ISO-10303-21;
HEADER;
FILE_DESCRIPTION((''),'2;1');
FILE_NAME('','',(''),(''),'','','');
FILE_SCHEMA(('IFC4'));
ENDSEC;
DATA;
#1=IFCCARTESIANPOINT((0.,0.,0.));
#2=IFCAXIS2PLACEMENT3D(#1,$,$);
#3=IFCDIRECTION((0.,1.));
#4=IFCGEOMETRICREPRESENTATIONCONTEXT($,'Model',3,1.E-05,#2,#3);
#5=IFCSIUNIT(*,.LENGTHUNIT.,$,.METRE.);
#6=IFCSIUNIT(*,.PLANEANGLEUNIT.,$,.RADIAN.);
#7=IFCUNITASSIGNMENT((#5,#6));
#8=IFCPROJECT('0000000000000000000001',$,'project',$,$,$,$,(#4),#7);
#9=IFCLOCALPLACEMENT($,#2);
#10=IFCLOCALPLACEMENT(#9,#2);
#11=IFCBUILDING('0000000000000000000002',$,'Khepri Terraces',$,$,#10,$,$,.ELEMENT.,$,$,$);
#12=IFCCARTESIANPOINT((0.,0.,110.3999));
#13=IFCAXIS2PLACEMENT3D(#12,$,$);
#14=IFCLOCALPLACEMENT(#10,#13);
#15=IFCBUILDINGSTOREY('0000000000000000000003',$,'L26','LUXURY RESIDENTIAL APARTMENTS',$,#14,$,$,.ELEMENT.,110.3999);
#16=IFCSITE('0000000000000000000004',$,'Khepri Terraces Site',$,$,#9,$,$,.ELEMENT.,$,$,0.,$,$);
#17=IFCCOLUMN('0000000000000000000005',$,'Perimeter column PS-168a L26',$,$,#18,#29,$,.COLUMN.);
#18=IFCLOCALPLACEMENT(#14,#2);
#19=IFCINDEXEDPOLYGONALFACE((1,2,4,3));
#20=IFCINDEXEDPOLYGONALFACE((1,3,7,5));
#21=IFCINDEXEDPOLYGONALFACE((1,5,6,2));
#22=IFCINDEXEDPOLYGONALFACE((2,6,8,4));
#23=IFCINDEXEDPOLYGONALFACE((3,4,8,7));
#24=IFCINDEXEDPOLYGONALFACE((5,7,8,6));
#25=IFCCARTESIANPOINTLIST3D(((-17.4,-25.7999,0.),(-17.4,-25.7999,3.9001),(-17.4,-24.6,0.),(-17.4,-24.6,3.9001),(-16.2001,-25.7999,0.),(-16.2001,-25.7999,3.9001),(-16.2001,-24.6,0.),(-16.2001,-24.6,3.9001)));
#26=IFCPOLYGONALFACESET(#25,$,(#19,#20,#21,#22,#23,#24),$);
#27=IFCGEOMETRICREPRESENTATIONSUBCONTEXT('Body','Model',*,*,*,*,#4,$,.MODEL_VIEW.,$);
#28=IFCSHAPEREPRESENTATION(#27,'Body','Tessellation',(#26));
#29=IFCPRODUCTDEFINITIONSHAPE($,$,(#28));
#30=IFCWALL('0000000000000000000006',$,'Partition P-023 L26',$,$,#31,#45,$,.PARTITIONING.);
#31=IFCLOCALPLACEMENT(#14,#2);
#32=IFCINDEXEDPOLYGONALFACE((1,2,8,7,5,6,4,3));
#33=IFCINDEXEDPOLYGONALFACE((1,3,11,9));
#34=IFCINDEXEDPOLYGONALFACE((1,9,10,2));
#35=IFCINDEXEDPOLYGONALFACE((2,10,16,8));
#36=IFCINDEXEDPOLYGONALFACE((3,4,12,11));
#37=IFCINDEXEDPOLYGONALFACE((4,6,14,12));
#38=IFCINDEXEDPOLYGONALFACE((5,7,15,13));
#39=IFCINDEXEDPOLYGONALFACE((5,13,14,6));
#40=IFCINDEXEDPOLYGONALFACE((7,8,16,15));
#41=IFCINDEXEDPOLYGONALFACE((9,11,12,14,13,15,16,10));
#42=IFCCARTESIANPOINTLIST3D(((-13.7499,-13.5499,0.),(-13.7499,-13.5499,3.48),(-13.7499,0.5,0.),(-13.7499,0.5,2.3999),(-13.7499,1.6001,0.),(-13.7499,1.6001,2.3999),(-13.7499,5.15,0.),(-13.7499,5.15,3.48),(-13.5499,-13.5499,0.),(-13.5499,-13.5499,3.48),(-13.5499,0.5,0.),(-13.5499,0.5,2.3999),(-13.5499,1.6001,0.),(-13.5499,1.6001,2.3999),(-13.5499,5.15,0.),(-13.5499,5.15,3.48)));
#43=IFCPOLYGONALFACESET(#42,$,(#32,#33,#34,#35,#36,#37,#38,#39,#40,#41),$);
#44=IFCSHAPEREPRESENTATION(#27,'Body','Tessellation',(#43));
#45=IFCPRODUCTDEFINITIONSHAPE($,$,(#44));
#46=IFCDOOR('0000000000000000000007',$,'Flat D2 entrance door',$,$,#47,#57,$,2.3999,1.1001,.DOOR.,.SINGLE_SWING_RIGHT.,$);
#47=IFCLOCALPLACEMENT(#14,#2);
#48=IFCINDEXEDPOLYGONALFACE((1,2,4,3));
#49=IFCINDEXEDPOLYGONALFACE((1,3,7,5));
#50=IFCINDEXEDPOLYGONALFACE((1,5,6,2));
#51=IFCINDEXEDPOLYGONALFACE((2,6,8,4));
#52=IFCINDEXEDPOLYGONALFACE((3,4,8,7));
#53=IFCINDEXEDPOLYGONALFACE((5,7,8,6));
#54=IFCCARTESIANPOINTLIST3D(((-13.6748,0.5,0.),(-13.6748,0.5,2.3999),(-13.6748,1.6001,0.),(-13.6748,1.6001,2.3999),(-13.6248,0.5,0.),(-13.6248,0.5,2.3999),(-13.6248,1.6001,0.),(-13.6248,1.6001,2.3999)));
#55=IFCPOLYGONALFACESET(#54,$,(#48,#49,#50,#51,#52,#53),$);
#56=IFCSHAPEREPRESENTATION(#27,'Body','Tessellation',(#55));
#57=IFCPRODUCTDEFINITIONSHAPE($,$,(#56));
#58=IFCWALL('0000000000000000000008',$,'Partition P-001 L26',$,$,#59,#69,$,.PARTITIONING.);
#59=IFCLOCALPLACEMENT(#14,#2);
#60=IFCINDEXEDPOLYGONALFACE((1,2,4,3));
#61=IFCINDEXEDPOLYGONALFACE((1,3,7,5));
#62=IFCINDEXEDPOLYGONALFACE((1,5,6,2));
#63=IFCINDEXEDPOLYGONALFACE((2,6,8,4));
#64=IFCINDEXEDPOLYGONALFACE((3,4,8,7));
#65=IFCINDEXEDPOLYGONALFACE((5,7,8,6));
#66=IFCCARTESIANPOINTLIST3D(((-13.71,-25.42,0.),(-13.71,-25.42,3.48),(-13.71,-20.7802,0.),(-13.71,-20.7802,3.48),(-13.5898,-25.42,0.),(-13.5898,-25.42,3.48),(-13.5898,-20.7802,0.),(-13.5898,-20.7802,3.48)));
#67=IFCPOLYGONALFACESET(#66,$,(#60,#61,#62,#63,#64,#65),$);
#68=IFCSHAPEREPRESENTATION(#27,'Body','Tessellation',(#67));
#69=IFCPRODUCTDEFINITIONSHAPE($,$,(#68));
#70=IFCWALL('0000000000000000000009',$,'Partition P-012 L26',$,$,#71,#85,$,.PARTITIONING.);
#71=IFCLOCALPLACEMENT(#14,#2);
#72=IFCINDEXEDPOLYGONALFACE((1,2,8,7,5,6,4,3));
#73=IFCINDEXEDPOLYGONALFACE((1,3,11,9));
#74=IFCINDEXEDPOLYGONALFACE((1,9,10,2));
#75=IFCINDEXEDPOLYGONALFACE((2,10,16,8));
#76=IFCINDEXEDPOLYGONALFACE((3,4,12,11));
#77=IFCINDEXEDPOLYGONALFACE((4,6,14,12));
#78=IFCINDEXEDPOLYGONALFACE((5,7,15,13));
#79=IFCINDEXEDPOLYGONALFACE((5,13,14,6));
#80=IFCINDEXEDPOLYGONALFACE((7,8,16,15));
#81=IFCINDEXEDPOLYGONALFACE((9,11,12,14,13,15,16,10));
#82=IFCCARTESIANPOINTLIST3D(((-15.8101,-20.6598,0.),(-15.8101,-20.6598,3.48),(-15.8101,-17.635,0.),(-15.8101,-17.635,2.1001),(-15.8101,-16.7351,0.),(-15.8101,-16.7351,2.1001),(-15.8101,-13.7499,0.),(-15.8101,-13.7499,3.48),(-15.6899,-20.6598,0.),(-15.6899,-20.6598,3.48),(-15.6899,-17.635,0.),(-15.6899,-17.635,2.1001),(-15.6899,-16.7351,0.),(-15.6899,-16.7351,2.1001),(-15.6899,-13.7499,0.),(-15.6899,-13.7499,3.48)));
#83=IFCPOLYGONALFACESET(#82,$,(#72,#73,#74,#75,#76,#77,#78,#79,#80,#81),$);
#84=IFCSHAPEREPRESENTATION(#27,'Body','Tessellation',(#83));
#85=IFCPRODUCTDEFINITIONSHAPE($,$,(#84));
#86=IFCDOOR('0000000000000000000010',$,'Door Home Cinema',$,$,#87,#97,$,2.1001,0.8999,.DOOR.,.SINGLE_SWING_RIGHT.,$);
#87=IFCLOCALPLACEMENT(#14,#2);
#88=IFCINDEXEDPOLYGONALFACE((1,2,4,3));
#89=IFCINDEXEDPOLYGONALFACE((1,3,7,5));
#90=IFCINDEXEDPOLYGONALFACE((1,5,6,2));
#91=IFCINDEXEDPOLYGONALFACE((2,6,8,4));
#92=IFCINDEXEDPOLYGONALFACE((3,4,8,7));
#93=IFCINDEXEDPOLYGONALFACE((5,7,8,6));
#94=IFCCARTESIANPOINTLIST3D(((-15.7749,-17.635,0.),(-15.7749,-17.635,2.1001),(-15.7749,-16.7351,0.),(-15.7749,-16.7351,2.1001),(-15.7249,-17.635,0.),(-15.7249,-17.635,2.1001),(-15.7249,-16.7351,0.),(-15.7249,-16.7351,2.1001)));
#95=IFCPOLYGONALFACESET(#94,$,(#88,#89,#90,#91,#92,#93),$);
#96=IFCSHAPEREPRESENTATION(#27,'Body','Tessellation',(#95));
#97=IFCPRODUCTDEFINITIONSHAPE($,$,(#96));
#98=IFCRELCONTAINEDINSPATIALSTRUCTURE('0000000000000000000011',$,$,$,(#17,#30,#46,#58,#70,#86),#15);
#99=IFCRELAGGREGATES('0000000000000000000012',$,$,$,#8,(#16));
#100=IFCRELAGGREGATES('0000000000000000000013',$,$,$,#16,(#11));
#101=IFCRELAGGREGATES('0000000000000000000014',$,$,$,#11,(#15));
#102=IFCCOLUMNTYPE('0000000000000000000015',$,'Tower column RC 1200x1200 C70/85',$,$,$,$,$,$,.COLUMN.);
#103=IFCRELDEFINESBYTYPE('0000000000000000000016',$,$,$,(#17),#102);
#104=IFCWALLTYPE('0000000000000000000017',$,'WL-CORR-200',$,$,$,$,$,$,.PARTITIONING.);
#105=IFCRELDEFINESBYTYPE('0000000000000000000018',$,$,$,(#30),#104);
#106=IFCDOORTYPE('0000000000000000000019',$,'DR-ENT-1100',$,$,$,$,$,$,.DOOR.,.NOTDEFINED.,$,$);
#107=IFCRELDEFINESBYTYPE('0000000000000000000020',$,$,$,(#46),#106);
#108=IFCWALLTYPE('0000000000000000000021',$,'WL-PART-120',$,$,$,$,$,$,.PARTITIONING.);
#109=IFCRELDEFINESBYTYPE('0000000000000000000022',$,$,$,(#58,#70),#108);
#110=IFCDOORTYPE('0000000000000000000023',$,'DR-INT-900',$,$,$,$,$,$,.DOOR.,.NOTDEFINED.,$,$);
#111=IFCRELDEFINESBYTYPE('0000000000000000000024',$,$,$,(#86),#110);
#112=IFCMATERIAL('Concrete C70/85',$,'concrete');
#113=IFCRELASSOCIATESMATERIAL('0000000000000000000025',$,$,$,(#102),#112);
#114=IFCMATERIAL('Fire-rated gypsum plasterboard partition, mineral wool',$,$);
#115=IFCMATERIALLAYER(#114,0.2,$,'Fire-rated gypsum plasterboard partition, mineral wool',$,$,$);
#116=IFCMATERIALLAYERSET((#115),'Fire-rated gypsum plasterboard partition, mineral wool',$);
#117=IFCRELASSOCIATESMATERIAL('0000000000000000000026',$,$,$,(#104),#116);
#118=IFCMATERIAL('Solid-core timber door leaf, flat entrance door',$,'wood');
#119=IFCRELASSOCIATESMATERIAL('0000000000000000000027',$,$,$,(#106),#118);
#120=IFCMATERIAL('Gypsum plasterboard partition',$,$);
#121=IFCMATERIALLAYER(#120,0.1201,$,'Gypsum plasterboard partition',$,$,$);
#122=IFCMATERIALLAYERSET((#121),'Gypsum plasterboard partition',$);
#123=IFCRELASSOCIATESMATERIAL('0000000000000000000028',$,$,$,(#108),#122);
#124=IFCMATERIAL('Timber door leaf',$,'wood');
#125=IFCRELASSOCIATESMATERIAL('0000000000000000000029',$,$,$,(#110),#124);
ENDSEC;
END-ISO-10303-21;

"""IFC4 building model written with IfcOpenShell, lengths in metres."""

from ifc_helpers import new_model, si_unit, direction, frame, frame_2d, origin, origin_2d, place, context, subcontext, project, spatial, rectangle, extrude, material, layer, layer_set, material_profile, profile_set, type_object, element, fill, save


model = new_model("IFC4")

# Units and contexts
model_context = context("Model", 3, precision=1e-05, world=origin(), true_north=direction((0.0, 1.0)))
body_context = subcontext(model_context, "Body", "Model", "MODEL_VIEW")
ifc_project = project(units=[si_unit("LENGTHUNIT", "METRE"), si_unit("PLANEANGLEUNIT", "RADIAN")], contexts=[model_context])

# Site, building, storey
site_placement = place(None, origin())
site = spatial("IfcSite", under=ifc_project, at=site_placement, Name="Khepri Terraces Site", CompositionType="ELEMENT", RefElevation=0.0)
building_placement = place(site_placement, origin())
building = spatial("IfcBuilding", under=site, at=building_placement, Name="Khepri Terraces", CompositionType="ELEMENT")
storey_placement = place(building_placement, frame((0.0, 0.0, 110.3999)))
storey = spatial("IfcBuildingStorey", under=building, at=storey_placement, Name="L26", Description="LUXURY RESIDENTIAL APARTMENTS", CompositionType="ELEMENT", Elevation=110.3999)

# Column
ifc_material_1 = material(Name="Concrete C70/85", Category="concrete")
ifc_material_profile = material_profile(ifc_material_1, rectangle(XDim=1.2, YDim=1.2, at=origin_2d()), Name="Concrete C70/85", Category="concrete")
ifc_profile_set = profile_set([ifc_material_profile], Name="Concrete C70/85")
column_type = type_object("IfcColumnType", Name="Tower column RC 1200x1200 C70/85", PredefinedType="COLUMN", material=ifc_profile_set)
column_placement = place(storey_placement, frame((-16.8, -25.2, 0.0), z_axis=(0.0, 0.0, 1.0), x_axis=(1.0, 0.0, 0.0)))
element("IfcColumn", 1, at=column_placement, inside=storey, type_object=column_type, Name="Perimeter column PS-168a L26", PredefinedType="COLUMN", context=body_context, shape_type="SweptSolid", body=[
    extrude(rectangle(XDim=1.2, YDim=1.2, at=origin_2d()), origin(), (0.0, 0.0, 1.0), 3.9001),
])

# Wall, opening, door
ifc_material_2 = material(Name="Fire-rated gypsum plasterboard partition, mineral wool")
ifc_layer_1 = layer(ifc_material_2, 0.2, Name="Fire-rated gypsum plasterboard partition, mineral wool")
ifc_layer_set_1 = layer_set([ifc_layer_1], Name="Fire-rated gypsum plasterboard partition, mineral wool")
wall_type_1 = type_object("IfcWallType", Name="WL-CORR-200", PredefinedType="PARTITIONING", material=ifc_layer_set_1)
wall_1_placement = place(storey_placement, frame((-13.6499, -13.55, 0.0), z_axis=(0.0, 0.0, 1.0), x_axis=(0.0, 1.0, 0.0)))
wall_1 = element("IfcWall", 2, at=wall_1_placement, inside=storey, type_object=wall_type_1, Name="Partition P-023 L26", PredefinedType="PARTITIONING", context=body_context, shape_type="SweptSolid", body=[
    extrude(rectangle(XDim=18.7, YDim=0.2, at=frame_2d((9.3501, 0.0))), origin(), (0.0, 0.0, 1.0), 3.48),
])
opening_1_placement = place(wall_1_placement, frame((14.05, 0.0, 0.0)))
opening_1 = element("IfcOpeningElement", 3, at=opening_1_placement, cuts=wall_1, PredefinedType="OPENING", context=body_context, shape_type="SweptSolid", body=[
    extrude(rectangle(XDim=1.1001, YDim=2.3999, at=frame_2d((0.55, 1.2))), frame((0.0, 0.1099, 0.0), z_axis=(0.0, -1.0, 0.0), x_axis=(1.0, 0.0, 0.0)), (0.0, 0.0, 1.0), 0.22),
])
ifc_material_3 = material(Name="Solid-core timber door leaf, flat entrance door", Category="wood")
door_type_1 = type_object("IfcDoorType", Name="DR-ENT-1100", OperationType="NOTDEFINED", PredefinedType="DOOR", material=ifc_material_3)
door_1_placement = place(opening_1_placement, origin())
door_1 = element("IfcDoor", 4, at=door_1_placement, inside=storey, type_object=door_type_1, Name="Flat D2 entrance door", OperationType="SINGLE_SWING_RIGHT", OverallHeight=2.3999, OverallWidth=1.1001, PredefinedType="DOOR", context=body_context, shape_type="SweptSolid", body=[
    extrude(rectangle(XDim=1.1001, YDim=2.3999, at=frame_2d((0.55, 1.2))), frame((0.0, 0.0249, 0.0), z_axis=(0.0, -1.0, 0.0), x_axis=(1.0, 0.0, 0.0)), (0.0, 0.0, 1.0), 0.05),
])
fill(opening_1, door_1)

# Wall
ifc_material_4 = material(Name="Gypsum plasterboard partition")
ifc_layer_2 = layer(ifc_material_4, 0.1201, Name="Gypsum plasterboard partition")
ifc_layer_set_2 = layer_set([ifc_layer_2], Name="Gypsum plasterboard partition")
wall_type_2 = type_object("IfcWallType", Name="WL-PART-120", PredefinedType="PARTITIONING", material=ifc_layer_set_2)
wall_2_placement = place(storey_placement, frame((-13.6499, -25.4199, 0.0), z_axis=(0.0, 0.0, 1.0), x_axis=(0.0, 1.0, 0.0)))
element("IfcWall", 5, at=wall_2_placement, inside=storey, type_object=wall_type_2, Name="Partition P-001 L26", PredefinedType="PARTITIONING", context=body_context, shape_type="SweptSolid", body=[
    extrude(rectangle(XDim=4.6399, YDim=0.1201, at=frame_2d((2.3198, 0.0))), origin(), (0.0, 0.0, 1.0), 3.48),
])

# Wall, opening, door
wall_3_placement = place(storey_placement, frame((-15.75, -20.6599, 0.0), z_axis=(0.0, 0.0, 1.0), x_axis=(0.0, 1.0, 0.0)))
wall_3 = element("IfcWall", 6, at=wall_3_placement, inside=storey, type_object=wall_type_2, Name="Partition P-012 L26", PredefinedType="PARTITIONING", context=body_context, shape_type="SweptSolid", body=[
    extrude(rectangle(XDim=6.9099, YDim=0.1201, at=frame_2d((3.4551, 0.0))), origin(), (0.0, 0.0, 1.0), 3.48),
])
opening_2_placement = place(wall_3_placement, frame((3.0249, 0.0, 0.0)))
opening_2 = element("IfcOpeningElement", 7, at=opening_2_placement, cuts=wall_3, PredefinedType="OPENING", context=body_context, shape_type="SweptSolid", body=[
    extrude(rectangle(XDim=0.8999, YDim=2.1001, at=frame_2d((0.45, 1.05))), frame((0.0, 0.0701, 0.0), z_axis=(0.0, -1.0, 0.0), x_axis=(1.0, 0.0, 0.0)), (0.0, 0.0, 1.0), 0.1401),
])
ifc_material_5 = material(Name="Timber door leaf", Category="wood")
door_type_2 = type_object("IfcDoorType", Name="DR-INT-900", OperationType="NOTDEFINED", PredefinedType="DOOR", material=ifc_material_5)
door_2_placement = place(opening_2_placement, origin())
door_2 = element("IfcDoor", 8, at=door_2_placement, inside=storey, type_object=door_type_2, Name="Door Home Cinema", OperationType="SINGLE_SWING_RIGHT", OverallHeight=2.1001, OverallWidth=0.8999, PredefinedType="DOOR", context=body_context, shape_type="SweptSolid", body=[
    extrude(rectangle(XDim=0.8999, YDim=2.1001, at=frame_2d((0.45, 1.05))), frame((0.0, 0.0249, 0.0), z_axis=(0.0, -1.0, 0.0), x_axis=(1.0, 0.0, 0.0)), (0.0, 0.0, 1.0), 0.05),
])
fill(opening_2, door_2)

save(model, "model.ifc")
